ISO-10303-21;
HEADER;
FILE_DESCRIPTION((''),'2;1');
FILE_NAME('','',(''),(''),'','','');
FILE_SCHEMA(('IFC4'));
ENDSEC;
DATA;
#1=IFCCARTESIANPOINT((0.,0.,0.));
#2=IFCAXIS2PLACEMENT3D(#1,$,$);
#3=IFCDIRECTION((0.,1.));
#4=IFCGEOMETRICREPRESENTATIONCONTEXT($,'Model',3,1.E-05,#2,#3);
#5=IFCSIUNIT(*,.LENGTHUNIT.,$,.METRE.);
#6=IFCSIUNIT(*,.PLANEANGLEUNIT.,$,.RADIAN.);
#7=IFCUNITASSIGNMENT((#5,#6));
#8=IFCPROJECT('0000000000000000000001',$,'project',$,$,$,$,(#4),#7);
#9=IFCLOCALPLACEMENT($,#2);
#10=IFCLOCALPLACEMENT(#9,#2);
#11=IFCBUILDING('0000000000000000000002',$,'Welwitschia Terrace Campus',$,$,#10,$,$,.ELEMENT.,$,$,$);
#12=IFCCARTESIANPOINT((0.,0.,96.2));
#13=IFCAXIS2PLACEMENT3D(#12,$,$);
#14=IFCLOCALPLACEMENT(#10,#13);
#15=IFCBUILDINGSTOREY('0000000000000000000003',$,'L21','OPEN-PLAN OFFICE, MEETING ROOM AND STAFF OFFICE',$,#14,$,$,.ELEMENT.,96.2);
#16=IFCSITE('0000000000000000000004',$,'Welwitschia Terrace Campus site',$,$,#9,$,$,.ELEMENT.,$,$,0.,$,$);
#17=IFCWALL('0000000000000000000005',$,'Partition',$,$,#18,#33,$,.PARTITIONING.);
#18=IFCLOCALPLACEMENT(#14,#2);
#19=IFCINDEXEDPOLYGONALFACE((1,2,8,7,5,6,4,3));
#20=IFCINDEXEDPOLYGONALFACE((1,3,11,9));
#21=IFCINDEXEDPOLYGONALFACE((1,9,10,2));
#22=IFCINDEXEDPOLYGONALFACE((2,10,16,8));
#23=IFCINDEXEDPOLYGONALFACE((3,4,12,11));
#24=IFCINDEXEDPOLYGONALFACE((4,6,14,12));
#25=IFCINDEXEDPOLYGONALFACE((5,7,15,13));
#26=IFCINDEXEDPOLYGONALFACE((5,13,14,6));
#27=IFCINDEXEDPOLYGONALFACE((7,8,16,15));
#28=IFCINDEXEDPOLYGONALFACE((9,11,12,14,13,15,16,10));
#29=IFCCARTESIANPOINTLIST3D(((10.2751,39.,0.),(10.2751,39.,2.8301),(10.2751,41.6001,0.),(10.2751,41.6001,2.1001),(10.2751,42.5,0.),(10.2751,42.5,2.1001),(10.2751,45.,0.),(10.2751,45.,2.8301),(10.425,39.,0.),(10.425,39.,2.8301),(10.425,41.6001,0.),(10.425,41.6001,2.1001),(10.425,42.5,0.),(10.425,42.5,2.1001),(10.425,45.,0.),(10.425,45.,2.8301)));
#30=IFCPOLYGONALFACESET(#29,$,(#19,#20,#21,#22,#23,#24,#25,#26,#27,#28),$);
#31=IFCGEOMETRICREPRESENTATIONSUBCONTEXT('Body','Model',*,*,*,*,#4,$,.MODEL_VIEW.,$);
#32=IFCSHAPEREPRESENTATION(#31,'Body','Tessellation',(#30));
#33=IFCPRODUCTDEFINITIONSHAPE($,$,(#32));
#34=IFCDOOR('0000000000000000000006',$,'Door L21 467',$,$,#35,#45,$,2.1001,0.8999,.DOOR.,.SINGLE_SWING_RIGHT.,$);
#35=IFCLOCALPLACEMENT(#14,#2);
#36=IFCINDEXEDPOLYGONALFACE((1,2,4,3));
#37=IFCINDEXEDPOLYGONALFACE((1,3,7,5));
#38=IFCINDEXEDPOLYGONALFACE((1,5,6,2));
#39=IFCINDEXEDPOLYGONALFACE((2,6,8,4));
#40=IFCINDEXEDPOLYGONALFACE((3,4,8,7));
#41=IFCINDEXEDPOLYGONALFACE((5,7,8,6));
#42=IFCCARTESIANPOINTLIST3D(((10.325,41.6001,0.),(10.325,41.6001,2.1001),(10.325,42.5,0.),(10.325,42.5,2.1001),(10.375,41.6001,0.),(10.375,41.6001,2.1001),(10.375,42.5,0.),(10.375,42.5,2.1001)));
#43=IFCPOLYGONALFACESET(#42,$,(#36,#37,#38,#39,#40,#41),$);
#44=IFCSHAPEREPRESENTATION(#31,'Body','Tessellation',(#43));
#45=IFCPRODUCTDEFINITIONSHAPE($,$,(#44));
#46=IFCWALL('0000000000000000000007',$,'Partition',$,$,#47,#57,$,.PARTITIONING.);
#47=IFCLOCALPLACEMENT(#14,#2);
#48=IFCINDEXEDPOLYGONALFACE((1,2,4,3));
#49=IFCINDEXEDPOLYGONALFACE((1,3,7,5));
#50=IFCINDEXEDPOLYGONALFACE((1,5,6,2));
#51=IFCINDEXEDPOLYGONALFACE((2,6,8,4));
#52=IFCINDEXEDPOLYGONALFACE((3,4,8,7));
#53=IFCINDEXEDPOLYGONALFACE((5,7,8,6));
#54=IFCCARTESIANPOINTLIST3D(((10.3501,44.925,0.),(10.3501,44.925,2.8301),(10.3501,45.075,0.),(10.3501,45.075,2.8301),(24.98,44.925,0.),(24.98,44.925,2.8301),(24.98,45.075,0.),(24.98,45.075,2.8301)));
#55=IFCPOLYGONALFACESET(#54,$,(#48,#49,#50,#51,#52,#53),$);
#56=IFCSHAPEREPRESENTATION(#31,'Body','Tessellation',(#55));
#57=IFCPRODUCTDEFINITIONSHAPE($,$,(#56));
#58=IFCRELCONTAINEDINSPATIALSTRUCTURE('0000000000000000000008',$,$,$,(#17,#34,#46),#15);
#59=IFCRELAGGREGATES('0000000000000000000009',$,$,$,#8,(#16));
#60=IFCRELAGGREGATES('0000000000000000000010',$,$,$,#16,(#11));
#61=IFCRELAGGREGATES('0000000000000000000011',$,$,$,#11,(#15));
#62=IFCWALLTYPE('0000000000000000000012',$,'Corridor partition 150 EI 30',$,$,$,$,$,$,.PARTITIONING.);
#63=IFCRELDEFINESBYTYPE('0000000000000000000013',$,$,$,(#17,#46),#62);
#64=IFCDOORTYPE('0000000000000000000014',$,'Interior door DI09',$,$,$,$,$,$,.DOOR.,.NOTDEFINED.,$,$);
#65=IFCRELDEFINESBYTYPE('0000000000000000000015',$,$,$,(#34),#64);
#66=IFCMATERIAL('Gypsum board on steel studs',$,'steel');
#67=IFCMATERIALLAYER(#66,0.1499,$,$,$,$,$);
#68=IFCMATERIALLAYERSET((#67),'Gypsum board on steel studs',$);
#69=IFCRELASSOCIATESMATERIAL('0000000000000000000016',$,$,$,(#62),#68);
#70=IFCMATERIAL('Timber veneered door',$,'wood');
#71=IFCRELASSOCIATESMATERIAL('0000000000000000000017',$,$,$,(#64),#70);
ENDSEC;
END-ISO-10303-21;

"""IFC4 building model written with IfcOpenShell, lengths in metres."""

from ifc_helpers import new_model, si_unit, direction, frame, frame_2d, origin, place, context, subcontext, project, spatial, rectangle, extrude, material, layer, layer_set, type_object, element, fill, save


model = new_model("IFC4")

# Units and contexts
model_context = context("Model", 3, precision=1e-05, world=origin(), true_north=direction((0.0, 1.0)))
body_context = subcontext(model_context, "Body", "Model", "MODEL_VIEW")
ifc_project = project(units=[si_unit("LENGTHUNIT", "METRE"), si_unit("PLANEANGLEUNIT", "RADIAN")], contexts=[model_context])

# Site, building, storey
site_placement = place(None, origin())
site = spatial("IfcSite", under=ifc_project, at=site_placement, Name="Welwitschia Terrace Campus site", CompositionType="ELEMENT", RefElevation=0.0)
building_placement = place(site_placement, origin())
building = spatial("IfcBuilding", under=site, at=building_placement, Name="Welwitschia Terrace Campus", CompositionType="ELEMENT")
storey_placement = place(building_placement, frame((0.0, 0.0, 96.2)))
storey = spatial("IfcBuildingStorey", under=building, at=storey_placement, Name="L21", Description="OPEN-PLAN OFFICE, MEETING ROOM AND STAFF OFFICE", CompositionType="ELEMENT", Elevation=96.2)

# Shared definitions
ifc_material_1 = material(Name="Gypsum board on steel studs", Category="steel")
ifc_layer_1 = layer(ifc_material_1, 0.1499)
ifc_layer_set_1 = layer_set([ifc_layer_1], Name="Gypsum board on steel studs")
wall_type_1 = type_object("IfcWallType", Name="Corridor partition 150 EI 30", PredefinedType="PARTITIONING", material=ifc_layer_set_1)

# Wall, opening, door
wall_1_placement = place(storey_placement, frame((10.3501, 45.0, 0.0), z_axis=(0.0, 0.0, 1.0), x_axis=(0.0, -1.0, 0.0)))
wall_1 = element("IfcWall", 1, at=wall_1_placement, inside=storey, type_object=wall_type_1, Name="Partition", PredefinedType="PARTITIONING", context=body_context, shape_type="SweptSolid", body=[
    extrude(rectangle(XDim=6.0, YDim=0.1499, at=frame_2d((3.0, 0.0))), origin(), (0.0, 0.0, 1.0), 2.8301),
])
opening_1_placement = place(wall_1_placement, frame((2.5, 0.0, 0.0)))
opening_1 = element("IfcOpeningElement", 2, at=opening_1_placement, cuts=wall_1, PredefinedType="OPENING", context=body_context, shape_type="SweptSolid", body=[
    extrude(rectangle(XDim=0.8999, YDim=2.1001, at=frame_2d((0.45, 1.05))), frame((0.0, 0.085, 0.0), z_axis=(0.0, -1.0, 0.0), x_axis=(1.0, 0.0, 0.0)), (0.0, 0.0, 1.0), 0.1699),
])
ifc_material_2 = material(Name="Timber veneered door", Category="wood")
door_type_1 = type_object("IfcDoorType", Name="Interior door DI09", OperationType="NOTDEFINED", PredefinedType="DOOR", material=ifc_material_2)
door_1_placement = place(opening_1_placement, origin())
door_1 = element("IfcDoor", 3, at=door_1_placement, inside=storey, type_object=door_type_1, Name="Door L21 467", OperationType="SINGLE_SWING_RIGHT", OverallHeight=2.1001, OverallWidth=0.8999, PredefinedType="DOOR", context=body_context, shape_type="SweptSolid", body=[
    extrude(rectangle(XDim=0.8999, YDim=2.1001, at=frame_2d((0.45, 1.05))), frame((0.0, 0.0249, 0.0), z_axis=(0.0, -1.0, 0.0), x_axis=(1.0, 0.0, 0.0)), (0.0, 0.0, 1.0), 0.05),
])
fill(opening_1, door_1)

# Wall
wall_2_placement = place(storey_placement, frame((10.3501, 45.0, 0.0), z_axis=(0.0, 0.0, 1.0), x_axis=(1.0, 0.0, 0.0)))
element("IfcWall", 4, at=wall_2_placement, inside=storey, type_object=wall_type_1, Name="Partition", PredefinedType="PARTITIONING", context=body_context, shape_type="SweptSolid", body=[
    extrude(rectangle(XDim=14.6299, YDim=0.1499, at=frame_2d((7.3149, 0.0))), origin(), (0.0, 0.0, 1.0), 2.8301),
])

save(model, "model.ifc")
